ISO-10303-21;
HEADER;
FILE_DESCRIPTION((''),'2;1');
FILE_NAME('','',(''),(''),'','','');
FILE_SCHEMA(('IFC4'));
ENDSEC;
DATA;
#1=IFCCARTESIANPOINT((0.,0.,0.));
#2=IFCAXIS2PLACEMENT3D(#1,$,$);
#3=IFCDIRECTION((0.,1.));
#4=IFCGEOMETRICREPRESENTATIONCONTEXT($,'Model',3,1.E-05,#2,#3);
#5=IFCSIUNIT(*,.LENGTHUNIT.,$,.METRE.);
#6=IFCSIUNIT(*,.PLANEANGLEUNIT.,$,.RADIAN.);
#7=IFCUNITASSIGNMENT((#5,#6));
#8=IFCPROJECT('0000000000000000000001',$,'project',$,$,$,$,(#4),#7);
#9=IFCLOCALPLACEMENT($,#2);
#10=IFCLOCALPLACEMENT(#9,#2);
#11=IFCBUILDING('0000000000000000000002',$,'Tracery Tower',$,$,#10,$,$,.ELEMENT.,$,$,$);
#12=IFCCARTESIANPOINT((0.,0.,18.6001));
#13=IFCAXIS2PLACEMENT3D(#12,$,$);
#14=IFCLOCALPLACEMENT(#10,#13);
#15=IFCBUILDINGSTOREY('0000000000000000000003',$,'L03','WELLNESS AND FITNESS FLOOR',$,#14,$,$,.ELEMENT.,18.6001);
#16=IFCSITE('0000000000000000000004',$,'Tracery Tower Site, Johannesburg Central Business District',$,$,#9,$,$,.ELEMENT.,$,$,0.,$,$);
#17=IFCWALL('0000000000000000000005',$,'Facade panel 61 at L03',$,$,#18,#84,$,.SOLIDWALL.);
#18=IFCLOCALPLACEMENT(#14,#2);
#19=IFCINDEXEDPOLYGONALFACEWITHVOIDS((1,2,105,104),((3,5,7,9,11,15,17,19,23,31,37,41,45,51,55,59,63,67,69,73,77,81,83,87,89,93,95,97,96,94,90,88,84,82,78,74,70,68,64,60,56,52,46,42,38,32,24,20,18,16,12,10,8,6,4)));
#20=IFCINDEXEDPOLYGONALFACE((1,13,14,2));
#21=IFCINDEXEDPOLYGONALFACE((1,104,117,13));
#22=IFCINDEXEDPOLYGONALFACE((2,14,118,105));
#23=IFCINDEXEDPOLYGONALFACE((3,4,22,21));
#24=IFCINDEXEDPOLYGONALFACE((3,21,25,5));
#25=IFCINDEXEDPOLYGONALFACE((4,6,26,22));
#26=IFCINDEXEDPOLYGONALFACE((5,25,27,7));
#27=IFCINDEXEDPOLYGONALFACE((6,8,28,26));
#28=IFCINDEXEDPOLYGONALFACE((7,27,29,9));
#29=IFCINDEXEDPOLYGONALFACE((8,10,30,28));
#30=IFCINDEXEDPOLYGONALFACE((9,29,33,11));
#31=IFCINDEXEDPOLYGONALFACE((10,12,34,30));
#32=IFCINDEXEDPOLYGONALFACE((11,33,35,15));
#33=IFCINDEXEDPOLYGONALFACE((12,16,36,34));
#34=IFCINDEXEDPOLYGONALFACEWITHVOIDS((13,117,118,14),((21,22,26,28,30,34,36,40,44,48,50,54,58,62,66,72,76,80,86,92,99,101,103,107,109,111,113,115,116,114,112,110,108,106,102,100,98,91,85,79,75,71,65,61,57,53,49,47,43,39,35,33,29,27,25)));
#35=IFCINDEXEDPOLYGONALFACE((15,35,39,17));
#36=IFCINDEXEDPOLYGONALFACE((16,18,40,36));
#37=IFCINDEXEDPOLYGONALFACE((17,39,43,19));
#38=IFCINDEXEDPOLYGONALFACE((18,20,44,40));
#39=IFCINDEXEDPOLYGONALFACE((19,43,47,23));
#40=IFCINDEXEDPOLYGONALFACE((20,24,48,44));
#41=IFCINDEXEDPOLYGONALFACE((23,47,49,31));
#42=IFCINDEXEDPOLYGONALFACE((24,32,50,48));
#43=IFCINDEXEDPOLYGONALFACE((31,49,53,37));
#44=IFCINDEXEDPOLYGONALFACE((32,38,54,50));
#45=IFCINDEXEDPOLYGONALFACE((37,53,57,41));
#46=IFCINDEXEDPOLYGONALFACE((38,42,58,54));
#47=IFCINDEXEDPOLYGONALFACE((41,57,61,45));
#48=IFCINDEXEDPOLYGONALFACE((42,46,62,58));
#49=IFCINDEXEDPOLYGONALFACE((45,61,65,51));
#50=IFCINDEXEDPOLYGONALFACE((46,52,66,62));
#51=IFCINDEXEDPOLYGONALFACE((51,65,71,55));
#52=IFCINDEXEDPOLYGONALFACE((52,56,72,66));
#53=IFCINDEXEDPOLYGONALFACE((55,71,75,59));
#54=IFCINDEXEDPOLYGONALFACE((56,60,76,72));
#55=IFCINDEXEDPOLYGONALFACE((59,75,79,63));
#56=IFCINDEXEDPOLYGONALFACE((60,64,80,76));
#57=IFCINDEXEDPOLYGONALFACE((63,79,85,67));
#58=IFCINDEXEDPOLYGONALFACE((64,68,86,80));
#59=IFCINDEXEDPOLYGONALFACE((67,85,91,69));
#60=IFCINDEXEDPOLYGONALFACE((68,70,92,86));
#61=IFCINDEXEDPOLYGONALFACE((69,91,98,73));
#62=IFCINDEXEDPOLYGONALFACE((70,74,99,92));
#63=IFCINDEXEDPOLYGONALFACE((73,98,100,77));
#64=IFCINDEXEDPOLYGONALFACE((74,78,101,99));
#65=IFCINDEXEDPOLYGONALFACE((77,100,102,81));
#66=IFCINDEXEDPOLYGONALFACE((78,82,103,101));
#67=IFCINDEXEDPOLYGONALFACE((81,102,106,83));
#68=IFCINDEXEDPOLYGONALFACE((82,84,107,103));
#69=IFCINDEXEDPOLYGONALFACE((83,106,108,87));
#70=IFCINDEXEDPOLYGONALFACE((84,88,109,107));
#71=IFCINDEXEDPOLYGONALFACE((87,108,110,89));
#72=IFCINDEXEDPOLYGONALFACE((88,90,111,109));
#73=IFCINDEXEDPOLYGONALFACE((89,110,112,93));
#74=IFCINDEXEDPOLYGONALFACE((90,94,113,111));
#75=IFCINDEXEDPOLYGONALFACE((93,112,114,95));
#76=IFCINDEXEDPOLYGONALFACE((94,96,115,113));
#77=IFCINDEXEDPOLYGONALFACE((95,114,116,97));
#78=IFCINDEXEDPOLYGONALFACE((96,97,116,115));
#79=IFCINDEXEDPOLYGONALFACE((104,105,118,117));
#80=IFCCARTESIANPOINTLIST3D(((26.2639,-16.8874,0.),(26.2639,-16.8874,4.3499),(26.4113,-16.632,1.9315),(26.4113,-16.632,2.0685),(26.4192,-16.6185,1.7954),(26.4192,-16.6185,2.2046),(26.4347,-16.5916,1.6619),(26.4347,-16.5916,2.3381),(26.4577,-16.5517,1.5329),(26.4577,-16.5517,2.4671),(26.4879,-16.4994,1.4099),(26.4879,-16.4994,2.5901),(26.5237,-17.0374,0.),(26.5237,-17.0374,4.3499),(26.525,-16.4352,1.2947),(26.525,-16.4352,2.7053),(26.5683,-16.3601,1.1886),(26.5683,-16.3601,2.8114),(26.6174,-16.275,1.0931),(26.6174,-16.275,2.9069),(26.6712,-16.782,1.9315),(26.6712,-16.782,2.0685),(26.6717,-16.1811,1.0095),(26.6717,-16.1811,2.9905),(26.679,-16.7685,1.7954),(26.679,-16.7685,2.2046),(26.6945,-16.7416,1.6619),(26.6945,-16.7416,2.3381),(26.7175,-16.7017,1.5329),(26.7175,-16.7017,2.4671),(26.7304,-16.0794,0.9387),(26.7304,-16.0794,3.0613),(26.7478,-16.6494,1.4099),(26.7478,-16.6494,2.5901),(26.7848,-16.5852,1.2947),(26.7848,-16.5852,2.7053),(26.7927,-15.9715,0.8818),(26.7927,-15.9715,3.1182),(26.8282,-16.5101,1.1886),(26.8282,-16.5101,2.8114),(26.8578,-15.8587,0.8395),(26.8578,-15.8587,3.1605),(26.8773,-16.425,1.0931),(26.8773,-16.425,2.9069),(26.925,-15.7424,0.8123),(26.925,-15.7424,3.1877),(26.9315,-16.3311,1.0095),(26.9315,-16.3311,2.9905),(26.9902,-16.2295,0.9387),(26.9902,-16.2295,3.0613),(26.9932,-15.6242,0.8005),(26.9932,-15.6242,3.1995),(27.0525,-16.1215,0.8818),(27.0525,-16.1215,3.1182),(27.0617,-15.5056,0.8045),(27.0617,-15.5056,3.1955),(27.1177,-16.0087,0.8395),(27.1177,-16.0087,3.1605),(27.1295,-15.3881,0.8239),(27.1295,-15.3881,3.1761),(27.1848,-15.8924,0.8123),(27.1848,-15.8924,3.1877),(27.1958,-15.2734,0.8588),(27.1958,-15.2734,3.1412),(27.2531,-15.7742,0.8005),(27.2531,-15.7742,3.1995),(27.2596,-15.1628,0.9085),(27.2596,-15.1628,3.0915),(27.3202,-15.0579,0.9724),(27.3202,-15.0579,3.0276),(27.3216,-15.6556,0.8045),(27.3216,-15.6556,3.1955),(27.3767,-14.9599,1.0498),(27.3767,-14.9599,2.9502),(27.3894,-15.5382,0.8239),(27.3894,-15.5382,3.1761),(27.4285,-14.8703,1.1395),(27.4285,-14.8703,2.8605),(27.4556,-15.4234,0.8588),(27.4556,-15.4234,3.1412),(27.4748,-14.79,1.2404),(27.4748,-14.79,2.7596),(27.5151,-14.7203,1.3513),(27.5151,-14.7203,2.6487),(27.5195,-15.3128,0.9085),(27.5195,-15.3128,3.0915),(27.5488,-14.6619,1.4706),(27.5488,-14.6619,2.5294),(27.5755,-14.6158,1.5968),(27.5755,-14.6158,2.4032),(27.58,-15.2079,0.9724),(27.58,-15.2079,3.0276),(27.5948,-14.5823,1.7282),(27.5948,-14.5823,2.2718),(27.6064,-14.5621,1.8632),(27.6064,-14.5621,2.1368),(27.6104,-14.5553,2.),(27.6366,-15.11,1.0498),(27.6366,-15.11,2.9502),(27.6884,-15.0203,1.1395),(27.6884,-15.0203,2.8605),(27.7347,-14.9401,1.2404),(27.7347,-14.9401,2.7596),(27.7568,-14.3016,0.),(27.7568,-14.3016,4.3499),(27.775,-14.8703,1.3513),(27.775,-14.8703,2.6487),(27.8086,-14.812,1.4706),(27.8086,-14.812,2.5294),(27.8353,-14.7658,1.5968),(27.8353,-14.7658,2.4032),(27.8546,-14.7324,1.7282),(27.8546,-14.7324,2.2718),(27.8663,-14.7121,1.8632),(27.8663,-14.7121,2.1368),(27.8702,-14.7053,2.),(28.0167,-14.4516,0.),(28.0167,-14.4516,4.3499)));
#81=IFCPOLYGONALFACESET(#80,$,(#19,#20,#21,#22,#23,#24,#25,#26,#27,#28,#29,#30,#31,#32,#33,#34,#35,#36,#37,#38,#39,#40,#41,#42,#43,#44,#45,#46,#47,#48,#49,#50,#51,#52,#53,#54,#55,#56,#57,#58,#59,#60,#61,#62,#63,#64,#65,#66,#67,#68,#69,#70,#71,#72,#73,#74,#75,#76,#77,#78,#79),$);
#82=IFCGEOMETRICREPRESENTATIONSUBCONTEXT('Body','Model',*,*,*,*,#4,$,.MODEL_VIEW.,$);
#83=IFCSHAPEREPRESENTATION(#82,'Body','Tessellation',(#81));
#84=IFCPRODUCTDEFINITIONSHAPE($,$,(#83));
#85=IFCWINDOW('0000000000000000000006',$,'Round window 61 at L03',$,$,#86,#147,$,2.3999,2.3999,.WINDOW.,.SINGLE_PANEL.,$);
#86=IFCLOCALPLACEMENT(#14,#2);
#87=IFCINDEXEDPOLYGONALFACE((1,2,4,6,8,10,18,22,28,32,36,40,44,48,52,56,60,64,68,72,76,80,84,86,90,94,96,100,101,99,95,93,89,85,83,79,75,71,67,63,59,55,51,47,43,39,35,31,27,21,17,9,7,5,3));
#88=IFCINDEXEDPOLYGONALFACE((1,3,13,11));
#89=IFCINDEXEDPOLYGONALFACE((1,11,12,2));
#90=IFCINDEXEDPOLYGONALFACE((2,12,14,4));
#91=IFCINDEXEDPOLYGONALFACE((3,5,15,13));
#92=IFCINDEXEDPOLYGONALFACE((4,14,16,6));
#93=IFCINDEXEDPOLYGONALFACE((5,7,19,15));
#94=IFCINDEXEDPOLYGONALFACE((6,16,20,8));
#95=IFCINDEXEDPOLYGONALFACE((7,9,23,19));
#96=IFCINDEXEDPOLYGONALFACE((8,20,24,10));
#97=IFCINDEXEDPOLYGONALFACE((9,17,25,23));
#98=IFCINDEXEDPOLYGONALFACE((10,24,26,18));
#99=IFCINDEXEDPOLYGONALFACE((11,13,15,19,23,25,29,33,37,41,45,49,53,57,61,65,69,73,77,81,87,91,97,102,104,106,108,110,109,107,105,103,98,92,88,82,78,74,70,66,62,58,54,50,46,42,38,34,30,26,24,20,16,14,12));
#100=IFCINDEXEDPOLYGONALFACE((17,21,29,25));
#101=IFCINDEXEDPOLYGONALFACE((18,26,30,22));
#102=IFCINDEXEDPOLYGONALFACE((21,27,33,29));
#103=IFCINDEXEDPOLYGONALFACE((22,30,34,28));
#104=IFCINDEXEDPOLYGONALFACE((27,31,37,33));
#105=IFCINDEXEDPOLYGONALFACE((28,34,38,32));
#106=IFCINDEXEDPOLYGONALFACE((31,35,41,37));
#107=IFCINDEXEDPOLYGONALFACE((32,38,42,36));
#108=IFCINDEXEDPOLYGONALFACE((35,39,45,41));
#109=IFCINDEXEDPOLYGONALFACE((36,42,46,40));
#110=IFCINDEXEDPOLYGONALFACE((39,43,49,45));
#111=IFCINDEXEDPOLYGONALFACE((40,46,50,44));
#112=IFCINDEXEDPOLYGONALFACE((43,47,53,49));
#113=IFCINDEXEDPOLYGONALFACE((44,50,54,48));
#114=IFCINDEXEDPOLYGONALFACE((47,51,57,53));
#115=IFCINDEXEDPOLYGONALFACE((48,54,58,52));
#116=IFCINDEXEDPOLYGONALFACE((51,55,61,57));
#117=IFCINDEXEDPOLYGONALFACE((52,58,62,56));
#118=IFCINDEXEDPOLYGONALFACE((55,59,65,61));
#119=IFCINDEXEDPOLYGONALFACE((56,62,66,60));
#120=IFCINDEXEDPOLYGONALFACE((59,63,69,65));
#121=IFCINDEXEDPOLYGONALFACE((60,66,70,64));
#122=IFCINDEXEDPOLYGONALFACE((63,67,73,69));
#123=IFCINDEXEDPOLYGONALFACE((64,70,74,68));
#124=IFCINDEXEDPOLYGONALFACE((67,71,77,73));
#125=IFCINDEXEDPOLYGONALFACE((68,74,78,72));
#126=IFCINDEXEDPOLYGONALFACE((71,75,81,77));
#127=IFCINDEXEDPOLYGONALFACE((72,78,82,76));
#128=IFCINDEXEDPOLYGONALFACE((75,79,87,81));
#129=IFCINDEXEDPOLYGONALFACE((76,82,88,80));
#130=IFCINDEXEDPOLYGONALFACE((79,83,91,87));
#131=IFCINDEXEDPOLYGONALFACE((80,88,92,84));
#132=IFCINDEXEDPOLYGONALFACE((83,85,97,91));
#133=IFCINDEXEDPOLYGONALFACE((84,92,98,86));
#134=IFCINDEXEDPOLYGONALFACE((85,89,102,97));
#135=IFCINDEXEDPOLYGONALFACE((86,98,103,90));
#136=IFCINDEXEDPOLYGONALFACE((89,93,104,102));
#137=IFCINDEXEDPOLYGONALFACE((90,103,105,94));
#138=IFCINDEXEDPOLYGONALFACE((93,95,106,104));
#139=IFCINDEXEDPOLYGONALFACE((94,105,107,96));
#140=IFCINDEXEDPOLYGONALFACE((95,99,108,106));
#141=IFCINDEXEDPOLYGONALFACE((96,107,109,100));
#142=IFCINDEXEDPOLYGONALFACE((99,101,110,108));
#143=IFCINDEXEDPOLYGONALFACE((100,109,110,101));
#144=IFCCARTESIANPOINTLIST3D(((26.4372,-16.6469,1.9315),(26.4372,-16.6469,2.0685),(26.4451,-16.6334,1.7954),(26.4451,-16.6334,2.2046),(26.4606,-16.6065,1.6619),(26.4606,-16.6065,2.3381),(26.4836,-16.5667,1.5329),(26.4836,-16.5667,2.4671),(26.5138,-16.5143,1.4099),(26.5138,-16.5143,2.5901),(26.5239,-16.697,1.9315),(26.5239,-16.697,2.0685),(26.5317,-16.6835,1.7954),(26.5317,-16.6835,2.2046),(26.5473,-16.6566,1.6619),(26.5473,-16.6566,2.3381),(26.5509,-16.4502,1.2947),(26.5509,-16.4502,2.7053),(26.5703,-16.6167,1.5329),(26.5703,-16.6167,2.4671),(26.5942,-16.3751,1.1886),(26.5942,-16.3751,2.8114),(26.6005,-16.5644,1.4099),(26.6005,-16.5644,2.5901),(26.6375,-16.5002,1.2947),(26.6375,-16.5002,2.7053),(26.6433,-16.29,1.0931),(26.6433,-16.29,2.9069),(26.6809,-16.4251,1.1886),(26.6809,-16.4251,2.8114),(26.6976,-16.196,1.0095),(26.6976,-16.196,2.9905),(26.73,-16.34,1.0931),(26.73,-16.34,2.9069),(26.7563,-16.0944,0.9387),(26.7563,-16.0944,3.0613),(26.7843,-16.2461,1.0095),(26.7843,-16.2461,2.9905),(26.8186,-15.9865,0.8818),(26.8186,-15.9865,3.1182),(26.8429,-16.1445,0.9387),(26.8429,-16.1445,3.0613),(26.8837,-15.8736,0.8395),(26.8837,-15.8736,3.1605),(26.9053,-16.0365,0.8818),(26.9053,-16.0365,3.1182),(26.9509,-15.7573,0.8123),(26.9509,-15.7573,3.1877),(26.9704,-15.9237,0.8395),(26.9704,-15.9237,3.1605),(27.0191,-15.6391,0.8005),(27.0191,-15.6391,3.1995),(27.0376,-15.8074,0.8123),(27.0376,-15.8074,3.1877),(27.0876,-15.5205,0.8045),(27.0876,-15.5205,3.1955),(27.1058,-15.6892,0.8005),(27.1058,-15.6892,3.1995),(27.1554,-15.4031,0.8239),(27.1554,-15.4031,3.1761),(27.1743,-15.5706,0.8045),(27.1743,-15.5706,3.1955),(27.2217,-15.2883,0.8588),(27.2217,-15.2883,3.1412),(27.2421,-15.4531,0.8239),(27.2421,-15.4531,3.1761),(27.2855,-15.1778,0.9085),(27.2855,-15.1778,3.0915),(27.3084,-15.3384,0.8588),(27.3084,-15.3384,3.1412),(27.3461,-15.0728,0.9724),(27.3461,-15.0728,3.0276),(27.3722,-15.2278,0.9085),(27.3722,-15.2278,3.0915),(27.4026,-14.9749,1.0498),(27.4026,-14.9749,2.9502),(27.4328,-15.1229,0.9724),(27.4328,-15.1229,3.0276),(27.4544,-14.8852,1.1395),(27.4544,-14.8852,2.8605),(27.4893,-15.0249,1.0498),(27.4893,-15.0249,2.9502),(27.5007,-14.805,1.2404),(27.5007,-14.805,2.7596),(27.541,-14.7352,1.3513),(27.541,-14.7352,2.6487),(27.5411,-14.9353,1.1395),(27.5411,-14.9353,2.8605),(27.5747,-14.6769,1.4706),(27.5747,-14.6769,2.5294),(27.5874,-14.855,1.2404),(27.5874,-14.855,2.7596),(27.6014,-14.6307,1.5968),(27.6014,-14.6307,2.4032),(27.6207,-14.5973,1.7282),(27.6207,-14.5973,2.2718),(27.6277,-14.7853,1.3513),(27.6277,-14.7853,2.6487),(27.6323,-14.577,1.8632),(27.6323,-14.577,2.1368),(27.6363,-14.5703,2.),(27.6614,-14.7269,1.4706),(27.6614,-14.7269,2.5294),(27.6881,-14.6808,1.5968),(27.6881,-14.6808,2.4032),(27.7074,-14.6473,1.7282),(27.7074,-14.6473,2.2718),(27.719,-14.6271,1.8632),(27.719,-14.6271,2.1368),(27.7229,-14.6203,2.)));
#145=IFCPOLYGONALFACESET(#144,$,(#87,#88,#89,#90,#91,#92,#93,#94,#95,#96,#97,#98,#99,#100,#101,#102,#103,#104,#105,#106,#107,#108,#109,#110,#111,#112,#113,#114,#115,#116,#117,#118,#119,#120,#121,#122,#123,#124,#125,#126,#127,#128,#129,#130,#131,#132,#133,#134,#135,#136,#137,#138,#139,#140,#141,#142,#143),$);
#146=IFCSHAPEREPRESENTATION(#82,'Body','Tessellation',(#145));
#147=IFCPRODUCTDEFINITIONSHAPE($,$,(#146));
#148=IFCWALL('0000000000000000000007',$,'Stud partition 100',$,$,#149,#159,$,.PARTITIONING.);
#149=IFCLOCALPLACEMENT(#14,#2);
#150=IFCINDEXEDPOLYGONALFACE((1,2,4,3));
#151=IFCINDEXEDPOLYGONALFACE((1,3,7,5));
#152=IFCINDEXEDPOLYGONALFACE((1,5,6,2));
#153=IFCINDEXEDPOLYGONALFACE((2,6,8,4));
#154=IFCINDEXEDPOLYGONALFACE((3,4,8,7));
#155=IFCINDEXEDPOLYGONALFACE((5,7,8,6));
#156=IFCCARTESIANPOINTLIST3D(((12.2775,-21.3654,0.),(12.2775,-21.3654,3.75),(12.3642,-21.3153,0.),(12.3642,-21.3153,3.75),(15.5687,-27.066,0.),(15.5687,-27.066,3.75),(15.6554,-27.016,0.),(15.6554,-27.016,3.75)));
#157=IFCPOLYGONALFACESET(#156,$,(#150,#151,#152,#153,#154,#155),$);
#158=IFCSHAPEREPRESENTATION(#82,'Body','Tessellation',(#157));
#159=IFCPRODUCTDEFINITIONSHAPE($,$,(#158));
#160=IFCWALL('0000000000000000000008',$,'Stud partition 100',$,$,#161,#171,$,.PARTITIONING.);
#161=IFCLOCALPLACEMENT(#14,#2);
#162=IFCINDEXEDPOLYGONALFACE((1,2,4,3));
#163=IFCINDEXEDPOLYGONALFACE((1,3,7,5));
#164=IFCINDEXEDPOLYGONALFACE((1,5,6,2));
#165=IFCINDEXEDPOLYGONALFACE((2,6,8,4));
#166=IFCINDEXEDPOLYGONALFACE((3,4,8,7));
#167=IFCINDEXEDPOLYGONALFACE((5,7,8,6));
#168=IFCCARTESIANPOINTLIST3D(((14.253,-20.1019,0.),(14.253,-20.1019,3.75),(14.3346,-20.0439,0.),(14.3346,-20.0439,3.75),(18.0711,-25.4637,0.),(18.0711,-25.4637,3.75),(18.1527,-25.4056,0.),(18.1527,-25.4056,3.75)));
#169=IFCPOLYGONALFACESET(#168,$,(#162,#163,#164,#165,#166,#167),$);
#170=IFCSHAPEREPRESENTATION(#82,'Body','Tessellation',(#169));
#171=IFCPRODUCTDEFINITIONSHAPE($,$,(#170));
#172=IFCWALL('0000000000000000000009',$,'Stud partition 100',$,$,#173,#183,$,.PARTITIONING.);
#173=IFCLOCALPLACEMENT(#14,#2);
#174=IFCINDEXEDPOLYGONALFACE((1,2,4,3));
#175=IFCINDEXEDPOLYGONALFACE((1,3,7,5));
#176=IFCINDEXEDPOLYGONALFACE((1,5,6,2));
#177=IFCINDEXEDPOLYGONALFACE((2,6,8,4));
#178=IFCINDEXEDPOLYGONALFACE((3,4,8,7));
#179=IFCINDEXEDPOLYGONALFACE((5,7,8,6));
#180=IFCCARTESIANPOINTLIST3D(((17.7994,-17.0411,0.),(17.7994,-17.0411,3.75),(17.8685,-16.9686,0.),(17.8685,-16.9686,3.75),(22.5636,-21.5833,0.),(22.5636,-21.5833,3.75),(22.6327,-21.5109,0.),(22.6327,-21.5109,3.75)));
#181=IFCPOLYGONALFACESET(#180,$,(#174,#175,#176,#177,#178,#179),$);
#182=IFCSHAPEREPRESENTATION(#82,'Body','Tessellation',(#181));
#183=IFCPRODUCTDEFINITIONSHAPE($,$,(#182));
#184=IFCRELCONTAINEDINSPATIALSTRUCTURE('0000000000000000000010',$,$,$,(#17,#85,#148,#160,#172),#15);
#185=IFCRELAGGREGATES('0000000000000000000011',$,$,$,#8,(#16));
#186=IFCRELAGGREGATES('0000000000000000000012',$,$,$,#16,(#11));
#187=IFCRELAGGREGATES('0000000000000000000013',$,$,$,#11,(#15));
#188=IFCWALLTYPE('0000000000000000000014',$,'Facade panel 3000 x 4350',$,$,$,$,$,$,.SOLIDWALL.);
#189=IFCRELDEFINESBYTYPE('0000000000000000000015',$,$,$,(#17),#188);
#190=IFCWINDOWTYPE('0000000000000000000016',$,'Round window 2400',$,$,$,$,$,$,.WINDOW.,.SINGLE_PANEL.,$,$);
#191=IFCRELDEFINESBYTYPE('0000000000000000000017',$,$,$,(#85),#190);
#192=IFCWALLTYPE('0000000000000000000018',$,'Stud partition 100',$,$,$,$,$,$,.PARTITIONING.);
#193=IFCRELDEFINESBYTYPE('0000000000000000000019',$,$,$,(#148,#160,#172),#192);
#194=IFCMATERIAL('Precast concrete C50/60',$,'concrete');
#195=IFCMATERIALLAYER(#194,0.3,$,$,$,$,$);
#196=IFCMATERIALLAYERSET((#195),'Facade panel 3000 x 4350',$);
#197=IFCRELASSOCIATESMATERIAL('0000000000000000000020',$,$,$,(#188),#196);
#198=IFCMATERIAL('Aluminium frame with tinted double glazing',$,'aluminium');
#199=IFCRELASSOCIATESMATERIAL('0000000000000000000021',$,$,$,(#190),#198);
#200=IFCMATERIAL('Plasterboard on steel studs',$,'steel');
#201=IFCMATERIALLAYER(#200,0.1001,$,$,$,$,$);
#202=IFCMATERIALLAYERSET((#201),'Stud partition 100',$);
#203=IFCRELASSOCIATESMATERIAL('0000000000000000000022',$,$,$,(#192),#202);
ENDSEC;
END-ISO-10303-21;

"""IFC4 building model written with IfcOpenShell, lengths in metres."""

from ifc_helpers import new_model, si_unit, direction, frame, frame_2d, origin, origin_2d, place, context, subcontext, project, spatial, rectangle, circle, extrude, material, layer, layer_set, type_object, element, fill, save


model = new_model("IFC4")

# Units and contexts
model_context = context("Model", 3, precision=1e-05, world=origin(), true_north=direction((0.0, 1.0)))
body_context = subcontext(model_context, "Body", "Model", "MODEL_VIEW")
ifc_project = project(units=[si_unit("LENGTHUNIT", "METRE"), si_unit("PLANEANGLEUNIT", "RADIAN")], contexts=[model_context])

# Site, building, storey
site_placement = place(None, origin())
site = spatial("IfcSite", under=ifc_project, at=site_placement, Name="Tracery Tower Site, Johannesburg Central Business District", CompositionType="ELEMENT", RefElevation=0.0)
building_placement = place(site_placement, origin())
building = spatial("IfcBuilding", under=site, at=building_placement, Name="Tracery Tower", CompositionType="ELEMENT")
storey_placement = place(building_placement, frame((0.0, 0.0, 18.6001)))
storey = spatial("IfcBuildingStorey", under=building, at=storey_placement, Name="L03", Description="WELLNESS AND FITNESS FLOOR", CompositionType="ELEMENT", Elevation=18.6001)

# Wall, opening, window
ifc_material_1 = material(Name="Precast concrete C50/60", Category="concrete")
ifc_layer_1 = layer(ifc_material_1, 0.3)
ifc_layer_set_1 = layer_set([ifc_layer_1], Name="Facade panel 3000 x 4350")
wall_type_1 = type_object("IfcWallType", Name="Facade panel 3000 x 4350", PredefinedType="SOLIDWALL", material=ifc_layer_set_1)
ifc_material_2 = material(Name="Aluminium frame with tinted double glazing", Category="aluminium")
window_type = type_object("IfcWindowType", Name="Round window 2400", PartitioningType="SINGLE_PANEL", PredefinedType="WINDOW", material=ifc_material_2)
wall_1_placement = place(storey_placement, frame((26.3938, -16.9624, 0.0), z_axis=(0.0, 0.0, 1.0), x_axis=(0.500017, 0.866015, 0.0)))
wall_1 = element("IfcWall", 1, at=wall_1_placement, inside=storey, type_object=wall_type_1, Name="Facade panel 61 at L03", PredefinedType="SOLIDWALL", context=body_context, shape_type="SweptSolid", body=[
    extrude(rectangle(XDim=2.9858, YDim=0.3, at=frame_2d((1.4929, 0.0))), origin(), (0.0, 0.0, 1.0), 4.3499),
])
opening_1_placement = place(wall_1_placement, frame((1.4929, 0.0, 2.0)))
opening_1 = element("IfcOpeningElement", 2, at=opening_1_placement, cuts=wall_1, PredefinedType="OPENING", context=body_context, shape_type="SweptSolid", body=[
    extrude(circle(Radius=1.2, at=origin_2d()), frame((0.0, 0.1599, 0.0), z_axis=(0.0, -1.0, 0.0), x_axis=(1.0, 0.0, 0.0)), (0.0, 0.0, 1.0), 0.3201),
])
window_1_placement = place(opening_1_placement, origin())
window_1 = element("IfcWindow", 3, at=window_1_placement, inside=storey, type_object=window_type, Name="Round window 61 at L03", OverallHeight=2.3999, OverallWidth=2.3999, PartitioningType="SINGLE_PANEL", PredefinedType="WINDOW", context=body_context, shape_type="SweptSolid", body=[
    extrude(circle(Radius=1.2, at=origin_2d()), frame((0.0, 0.1201, 0.0), z_axis=(0.0, -1.0, 0.0), x_axis=(1.0, 0.0, 0.0)), (0.0, 0.0, 1.0), 0.1001),
])
fill(opening_1, window_1)

# Walls
ifc_material_3 = material(Name="Plasterboard on steel studs", Category="steel")
ifc_layer_2 = layer(ifc_material_3, 0.1001)
ifc_layer_set_2 = layer_set([ifc_layer_2], Name="Stud partition 100")
wall_type_2 = type_object("IfcWallType", Name="Stud partition 100", PredefinedType="PARTITIONING", material=ifc_layer_set_2)
wall_2_placement = place(storey_placement, frame((15.6121, -27.041, 0.0), z_axis=(0.0, 0.0, 1.0), x_axis=(-0.499996, 0.866027, 0.0)))
element("IfcWall", 4, at=wall_2_placement, inside=storey, type_object=wall_type_2, Name="Stud partition 100", PredefinedType="PARTITIONING", context=body_context, shape_type="SweptSolid", body=[
    extrude(rectangle(XDim=6.5825, YDim=0.1001, at=frame_2d((3.2913, 0.0))), origin(), (0.0, 0.0, 1.0), 3.75),
])
wall_3_placement = place(storey_placement, frame((18.1118, -25.4346, 0.0), z_axis=(0.0, 0.0, 1.0), x_axis=(-0.580055, 0.814577, 0.0)))
element("IfcWall", 5, at=wall_3_placement, inside=storey, type_object=wall_type_2, Name="Stud partition 100", PredefinedType="PARTITIONING", context=body_context, shape_type="SweptSolid", body=[
    extrude(rectangle(XDim=6.5823, YDim=0.1001, at=frame_2d((3.291, 0.0))), origin(), (0.0, 0.0, 1.0), 3.75),
])
wall_4_placement = place(storey_placement, frame((22.5981, -21.5471, 0.0), z_axis=(0.0, 0.0, 1.0), x_axis=(-0.723763, 0.690049, 0.0)))
element("IfcWall", 6, at=wall_4_placement, inside=storey, type_object=wall_type_2, Name="Stud partition 100", PredefinedType="PARTITIONING", context=body_context, shape_type="SweptSolid", body=[
    extrude(rectangle(XDim=6.5825, YDim=0.1001, at=frame_2d((3.2913, 0.0))), origin(), (0.0, 0.0, 1.0), 3.75),
])

save(model, "model.ifc")
